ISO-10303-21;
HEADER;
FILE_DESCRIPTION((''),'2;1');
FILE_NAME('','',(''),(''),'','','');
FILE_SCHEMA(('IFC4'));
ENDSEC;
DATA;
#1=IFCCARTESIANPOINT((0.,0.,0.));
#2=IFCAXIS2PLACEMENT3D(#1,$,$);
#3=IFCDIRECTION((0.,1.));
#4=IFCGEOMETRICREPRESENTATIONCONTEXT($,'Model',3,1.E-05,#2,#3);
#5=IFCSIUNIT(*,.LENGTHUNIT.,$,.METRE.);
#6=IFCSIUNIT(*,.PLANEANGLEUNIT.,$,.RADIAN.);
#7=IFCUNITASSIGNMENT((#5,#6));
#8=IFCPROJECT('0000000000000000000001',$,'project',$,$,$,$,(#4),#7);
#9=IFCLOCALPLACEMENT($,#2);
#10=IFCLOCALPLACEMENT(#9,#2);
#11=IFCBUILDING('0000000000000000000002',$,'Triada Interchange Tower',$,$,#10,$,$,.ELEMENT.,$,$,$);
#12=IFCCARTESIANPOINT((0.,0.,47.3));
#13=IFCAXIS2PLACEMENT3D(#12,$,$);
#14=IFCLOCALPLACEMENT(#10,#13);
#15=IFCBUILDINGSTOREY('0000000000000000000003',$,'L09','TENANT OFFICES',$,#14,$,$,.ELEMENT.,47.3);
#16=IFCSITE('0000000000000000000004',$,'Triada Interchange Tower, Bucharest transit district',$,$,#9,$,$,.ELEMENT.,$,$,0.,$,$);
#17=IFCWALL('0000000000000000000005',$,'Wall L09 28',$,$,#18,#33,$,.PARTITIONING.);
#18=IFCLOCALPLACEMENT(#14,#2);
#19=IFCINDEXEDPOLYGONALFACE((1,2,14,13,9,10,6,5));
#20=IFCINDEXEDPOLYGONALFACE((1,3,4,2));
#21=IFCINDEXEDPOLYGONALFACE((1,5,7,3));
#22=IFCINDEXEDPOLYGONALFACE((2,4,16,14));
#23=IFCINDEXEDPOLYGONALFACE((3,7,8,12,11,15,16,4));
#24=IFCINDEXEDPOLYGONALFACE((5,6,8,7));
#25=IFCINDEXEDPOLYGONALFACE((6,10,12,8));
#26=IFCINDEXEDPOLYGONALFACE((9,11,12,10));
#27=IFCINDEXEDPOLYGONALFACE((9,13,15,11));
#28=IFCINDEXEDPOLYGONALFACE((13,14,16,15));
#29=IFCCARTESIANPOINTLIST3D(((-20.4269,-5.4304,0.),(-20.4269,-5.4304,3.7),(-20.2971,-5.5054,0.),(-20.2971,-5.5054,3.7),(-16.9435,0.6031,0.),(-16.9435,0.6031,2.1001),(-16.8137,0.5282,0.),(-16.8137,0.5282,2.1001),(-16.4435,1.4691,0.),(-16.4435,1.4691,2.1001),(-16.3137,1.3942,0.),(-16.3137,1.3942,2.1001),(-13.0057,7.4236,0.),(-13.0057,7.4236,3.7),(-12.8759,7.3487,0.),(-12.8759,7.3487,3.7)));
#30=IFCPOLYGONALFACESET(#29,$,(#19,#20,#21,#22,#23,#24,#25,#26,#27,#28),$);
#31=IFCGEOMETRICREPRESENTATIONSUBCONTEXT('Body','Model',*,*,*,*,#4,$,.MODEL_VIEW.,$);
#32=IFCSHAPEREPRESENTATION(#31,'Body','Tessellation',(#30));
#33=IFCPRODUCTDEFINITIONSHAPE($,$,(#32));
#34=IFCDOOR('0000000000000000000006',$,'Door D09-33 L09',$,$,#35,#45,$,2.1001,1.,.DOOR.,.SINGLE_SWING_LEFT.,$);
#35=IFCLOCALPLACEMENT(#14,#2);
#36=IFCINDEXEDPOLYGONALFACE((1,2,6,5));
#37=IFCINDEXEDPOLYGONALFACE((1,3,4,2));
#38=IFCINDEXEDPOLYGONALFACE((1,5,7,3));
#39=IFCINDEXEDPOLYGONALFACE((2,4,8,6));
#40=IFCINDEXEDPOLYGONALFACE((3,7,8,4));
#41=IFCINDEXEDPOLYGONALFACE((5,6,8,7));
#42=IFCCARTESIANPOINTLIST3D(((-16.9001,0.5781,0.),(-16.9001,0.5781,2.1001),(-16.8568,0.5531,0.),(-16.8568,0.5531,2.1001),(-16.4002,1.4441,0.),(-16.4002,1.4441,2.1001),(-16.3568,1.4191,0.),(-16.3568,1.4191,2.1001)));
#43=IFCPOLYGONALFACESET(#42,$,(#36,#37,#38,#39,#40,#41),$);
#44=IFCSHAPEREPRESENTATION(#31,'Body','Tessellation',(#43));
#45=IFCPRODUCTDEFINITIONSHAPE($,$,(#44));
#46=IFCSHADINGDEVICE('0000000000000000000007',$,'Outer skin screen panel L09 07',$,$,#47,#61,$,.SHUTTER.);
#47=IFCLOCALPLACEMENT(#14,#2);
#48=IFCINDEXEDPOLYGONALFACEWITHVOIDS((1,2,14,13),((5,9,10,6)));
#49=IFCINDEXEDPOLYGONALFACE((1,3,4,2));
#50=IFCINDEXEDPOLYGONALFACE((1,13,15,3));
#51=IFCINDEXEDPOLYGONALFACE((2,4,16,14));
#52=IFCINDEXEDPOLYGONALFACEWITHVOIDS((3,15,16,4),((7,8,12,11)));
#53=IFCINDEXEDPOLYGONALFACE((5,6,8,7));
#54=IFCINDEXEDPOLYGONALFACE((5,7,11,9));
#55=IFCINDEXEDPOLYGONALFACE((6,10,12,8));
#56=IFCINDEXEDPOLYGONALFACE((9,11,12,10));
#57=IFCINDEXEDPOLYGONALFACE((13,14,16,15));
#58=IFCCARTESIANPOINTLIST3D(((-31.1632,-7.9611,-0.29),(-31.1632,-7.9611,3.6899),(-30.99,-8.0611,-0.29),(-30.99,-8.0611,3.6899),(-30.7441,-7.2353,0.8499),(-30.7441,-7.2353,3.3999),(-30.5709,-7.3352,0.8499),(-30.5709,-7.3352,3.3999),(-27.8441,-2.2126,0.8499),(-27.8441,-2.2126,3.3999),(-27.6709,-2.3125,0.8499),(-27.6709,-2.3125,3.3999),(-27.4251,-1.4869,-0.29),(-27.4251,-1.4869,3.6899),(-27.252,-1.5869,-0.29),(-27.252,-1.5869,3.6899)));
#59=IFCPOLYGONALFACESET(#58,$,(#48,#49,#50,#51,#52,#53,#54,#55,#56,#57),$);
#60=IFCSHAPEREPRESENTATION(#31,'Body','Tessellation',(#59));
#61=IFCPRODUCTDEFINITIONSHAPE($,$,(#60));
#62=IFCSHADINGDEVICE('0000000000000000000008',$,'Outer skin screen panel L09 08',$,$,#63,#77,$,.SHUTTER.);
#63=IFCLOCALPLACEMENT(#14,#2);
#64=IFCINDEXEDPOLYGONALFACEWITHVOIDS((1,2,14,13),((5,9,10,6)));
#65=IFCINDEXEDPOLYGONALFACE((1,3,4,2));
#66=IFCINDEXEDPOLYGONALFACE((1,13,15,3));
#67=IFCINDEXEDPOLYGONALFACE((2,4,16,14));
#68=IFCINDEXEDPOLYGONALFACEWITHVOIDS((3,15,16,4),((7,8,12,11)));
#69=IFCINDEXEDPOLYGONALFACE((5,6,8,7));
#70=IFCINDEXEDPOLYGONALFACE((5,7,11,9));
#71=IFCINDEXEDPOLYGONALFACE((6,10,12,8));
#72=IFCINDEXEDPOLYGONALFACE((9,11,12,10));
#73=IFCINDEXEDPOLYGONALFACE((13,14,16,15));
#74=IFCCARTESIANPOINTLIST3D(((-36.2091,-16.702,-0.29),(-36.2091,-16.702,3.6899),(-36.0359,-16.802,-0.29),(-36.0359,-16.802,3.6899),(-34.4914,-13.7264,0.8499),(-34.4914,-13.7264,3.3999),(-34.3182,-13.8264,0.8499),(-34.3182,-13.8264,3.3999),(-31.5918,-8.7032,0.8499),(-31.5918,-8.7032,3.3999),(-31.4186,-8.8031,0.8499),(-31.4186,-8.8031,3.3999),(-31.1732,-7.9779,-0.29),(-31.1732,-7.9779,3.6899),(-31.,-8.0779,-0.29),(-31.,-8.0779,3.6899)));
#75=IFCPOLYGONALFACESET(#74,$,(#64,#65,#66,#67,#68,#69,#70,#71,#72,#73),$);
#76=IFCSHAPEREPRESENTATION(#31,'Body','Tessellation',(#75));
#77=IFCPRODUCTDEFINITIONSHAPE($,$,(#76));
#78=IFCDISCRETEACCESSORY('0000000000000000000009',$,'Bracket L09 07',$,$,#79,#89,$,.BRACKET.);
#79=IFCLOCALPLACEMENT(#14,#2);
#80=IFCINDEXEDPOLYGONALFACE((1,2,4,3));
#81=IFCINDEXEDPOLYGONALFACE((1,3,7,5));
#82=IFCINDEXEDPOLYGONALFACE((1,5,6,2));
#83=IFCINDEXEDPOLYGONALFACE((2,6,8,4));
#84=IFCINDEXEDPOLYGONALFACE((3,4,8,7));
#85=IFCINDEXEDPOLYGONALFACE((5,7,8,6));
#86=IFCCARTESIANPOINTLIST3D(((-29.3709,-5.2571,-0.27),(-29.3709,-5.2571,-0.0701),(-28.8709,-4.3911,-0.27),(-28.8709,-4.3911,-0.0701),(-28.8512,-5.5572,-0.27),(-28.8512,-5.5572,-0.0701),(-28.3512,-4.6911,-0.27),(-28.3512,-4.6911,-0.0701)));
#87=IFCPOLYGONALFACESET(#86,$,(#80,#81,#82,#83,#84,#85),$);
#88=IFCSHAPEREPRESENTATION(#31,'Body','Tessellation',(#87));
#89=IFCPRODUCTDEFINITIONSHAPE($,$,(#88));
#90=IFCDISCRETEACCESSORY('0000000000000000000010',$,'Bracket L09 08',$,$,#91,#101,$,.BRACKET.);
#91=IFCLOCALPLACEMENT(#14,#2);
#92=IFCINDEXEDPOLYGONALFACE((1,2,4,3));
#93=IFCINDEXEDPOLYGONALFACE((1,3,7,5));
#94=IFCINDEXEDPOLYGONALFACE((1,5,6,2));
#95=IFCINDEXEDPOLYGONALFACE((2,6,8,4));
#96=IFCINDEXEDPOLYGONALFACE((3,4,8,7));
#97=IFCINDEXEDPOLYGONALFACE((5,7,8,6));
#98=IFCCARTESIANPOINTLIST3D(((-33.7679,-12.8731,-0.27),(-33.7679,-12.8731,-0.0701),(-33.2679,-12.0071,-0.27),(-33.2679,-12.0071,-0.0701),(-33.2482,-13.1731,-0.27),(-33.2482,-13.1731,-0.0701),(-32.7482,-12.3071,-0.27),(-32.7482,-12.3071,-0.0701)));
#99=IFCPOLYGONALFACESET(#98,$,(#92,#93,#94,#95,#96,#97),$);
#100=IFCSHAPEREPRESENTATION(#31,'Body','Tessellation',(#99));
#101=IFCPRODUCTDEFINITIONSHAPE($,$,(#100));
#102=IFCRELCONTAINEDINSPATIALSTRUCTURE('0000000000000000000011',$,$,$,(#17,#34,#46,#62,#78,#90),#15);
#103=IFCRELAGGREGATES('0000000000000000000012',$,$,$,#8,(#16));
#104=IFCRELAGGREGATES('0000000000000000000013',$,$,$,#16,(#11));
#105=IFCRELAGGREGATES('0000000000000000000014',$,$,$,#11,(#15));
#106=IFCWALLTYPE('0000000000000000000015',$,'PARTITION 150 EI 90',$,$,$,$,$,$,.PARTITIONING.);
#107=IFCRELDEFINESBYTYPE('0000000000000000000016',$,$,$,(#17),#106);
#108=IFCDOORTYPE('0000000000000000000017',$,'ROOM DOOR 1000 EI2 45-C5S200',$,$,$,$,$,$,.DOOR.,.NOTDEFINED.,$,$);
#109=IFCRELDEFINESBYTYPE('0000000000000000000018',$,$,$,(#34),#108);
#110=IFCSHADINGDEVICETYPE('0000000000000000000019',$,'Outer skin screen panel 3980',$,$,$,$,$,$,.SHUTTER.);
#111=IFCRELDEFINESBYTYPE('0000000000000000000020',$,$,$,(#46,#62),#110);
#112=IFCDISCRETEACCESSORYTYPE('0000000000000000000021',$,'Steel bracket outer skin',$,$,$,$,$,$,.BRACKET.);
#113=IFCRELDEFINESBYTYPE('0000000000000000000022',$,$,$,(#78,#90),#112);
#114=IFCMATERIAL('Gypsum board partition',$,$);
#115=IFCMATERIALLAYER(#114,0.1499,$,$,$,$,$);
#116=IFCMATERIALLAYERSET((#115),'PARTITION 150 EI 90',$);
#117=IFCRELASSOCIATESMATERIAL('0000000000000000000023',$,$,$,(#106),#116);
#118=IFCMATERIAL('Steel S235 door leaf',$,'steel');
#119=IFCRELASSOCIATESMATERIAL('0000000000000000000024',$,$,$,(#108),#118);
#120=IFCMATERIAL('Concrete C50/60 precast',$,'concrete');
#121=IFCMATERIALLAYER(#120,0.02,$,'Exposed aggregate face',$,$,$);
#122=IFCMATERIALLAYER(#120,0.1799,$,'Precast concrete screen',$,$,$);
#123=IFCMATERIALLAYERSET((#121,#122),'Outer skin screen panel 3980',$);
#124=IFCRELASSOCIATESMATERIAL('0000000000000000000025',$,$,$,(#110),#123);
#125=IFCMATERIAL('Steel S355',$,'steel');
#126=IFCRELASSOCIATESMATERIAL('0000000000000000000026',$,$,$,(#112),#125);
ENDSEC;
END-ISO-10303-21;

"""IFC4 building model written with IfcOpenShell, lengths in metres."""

from ifc_helpers import new_model, si_unit, direction, frame, frame_2d, origin, origin_2d, place, context, subcontext, project, spatial, polyline, rectangle, outline, extrude, material, layer, layer_set, type_object, element, fill, save


model = new_model("IFC4")

# Units and contexts
model_context = context("Model", 3, precision=1e-05, world=origin(), true_north=direction((0.0, 1.0)))
body_context = subcontext(model_context, "Body", "Model", "MODEL_VIEW")
ifc_project = project(units=[si_unit("LENGTHUNIT", "METRE"), si_unit("PLANEANGLEUNIT", "RADIAN")], contexts=[model_context])

# Site, building, storey
site_placement = place(None, origin())
site = spatial("IfcSite", under=ifc_project, at=site_placement, Name="Triada Interchange Tower, Bucharest transit district", CompositionType="ELEMENT", RefElevation=0.0)
building_placement = place(site_placement, origin())
building = spatial("IfcBuilding", under=site, at=building_placement, Name="Triada Interchange Tower", CompositionType="ELEMENT")
storey_placement = place(building_placement, frame((0.0, 0.0, 47.3)))
storey = spatial("IfcBuildingStorey", under=building, at=storey_placement, Name="L09", Description="TENANT OFFICES", CompositionType="ELEMENT", Elevation=47.3)

# Shared definitions
ifc_material_1 = material(Name="Gypsum board partition")

# Shared definitions
ifc_material_2 = material(Name="Steel S235 door leaf", Category="steel")

# Wall, opening, door
ifc_layer_1 = layer(ifc_material_1, 0.1499)
ifc_layer_set_1 = layer_set([ifc_layer_1], Name="PARTITION 150 EI 90")
wall_type_1 = type_object("IfcWallType", Name="PARTITION 150 EI 90", PredefinedType="PARTITIONING", material=ifc_layer_set_1)
wall_1_placement = place(storey_placement, frame((-20.3621, -5.468, 0.0), z_axis=(0.0, 0.0, 1.0), x_axis=(0.499994, 0.866029, 0.0)))
wall_1 = element("IfcWall", 1, at=wall_1_placement, inside=storey, type_object=wall_type_1, Name="Wall L09 28", PredefinedType="PARTITIONING", context=body_context, shape_type="SweptSolid", body=[
    extrude(rectangle(XDim=14.8425, YDim=0.1499, at=frame_2d((7.4214, 0.0))), origin(), (0.0, 0.0, 1.0), 3.7),
])
opening_1_placement = place(wall_1_placement, frame((6.967, 0.0, 0.0)))
opening_1 = element("IfcOpeningElement", 2, at=opening_1_placement, cuts=wall_1, PredefinedType="OPENING", context=body_context, shape_type="SweptSolid", body=[
    extrude(rectangle(XDim=1.0, YDim=2.1001, at=frame_2d((0.5, 1.05))), frame((0.0, 0.085, 0.0), z_axis=(0.0, -1.0, 0.0), x_axis=(1.0, 0.0, 0.0)), (0.0, 0.0, 1.0), 0.1699),
])
door_type_1 = type_object("IfcDoorType", Name="ROOM DOOR 1000 EI2 45-C5S200", OperationType="NOTDEFINED", PredefinedType="DOOR", material=ifc_material_2)
door_1_placement = place(opening_1_placement, origin())
door_1 = element("IfcDoor", 3, at=door_1_placement, inside=storey, type_object=door_type_1, Name="Door D09-33 L09", OperationType="SINGLE_SWING_LEFT", OverallHeight=2.1001, OverallWidth=1.0, PredefinedType="DOOR", context=body_context, shape_type="SweptSolid", body=[
    extrude(rectangle(XDim=1.0, YDim=2.1001, at=frame_2d((0.5, 1.05))), frame((0.0, 0.0249, 0.0), z_axis=(0.0, -1.0, 0.0), x_axis=(1.0, 0.0, 0.0)), (0.0, 0.0, 1.0), 0.05),
])
fill(opening_1, door_1)

# Shading devices
ifc_material_3 = material(Name="Concrete C50/60 precast", Category="concrete")
ifc_layer_2 = layer(ifc_material_3, 0.02, Name="Exposed aggregate face")
ifc_layer_3 = layer(ifc_material_3, 0.1799, Name="Precast concrete screen")
ifc_layer_set_2 = layer_set([ifc_layer_2, ifc_layer_3], Name="Outer skin screen panel 3980")
shading_device_type = type_object("IfcShadingDeviceType", Name="Outer skin screen panel 3980", PredefinedType="SHUTTER", material=ifc_layer_set_2)
shading_device_1_placement = place(storey_placement, frame((-27.252, -1.5869, -0.29), z_axis=(0.0, 0.0, 1.0), x_axis=(-0.50002, -0.866014, 0.0)))
element("IfcShadingDevice", 4, at=shading_device_1_placement, inside=storey, type_object=shading_device_type, Name="Outer skin screen panel L09 07", PredefinedType="SHUTTER", context=body_context, shape_type="SweptSolid", body=[
    extrude(outline(polyline([(0.0, 0.0), (7.4758, 0.0), (7.4758, 3.98), (0.0, 3.98), (0.0, 0.0)]), holes=[polyline([(0.8379, 1.1399), (0.8379, 3.6899), (6.6377, 3.6899), (6.6377, 1.1399), (0.8379, 1.1399)])]), frame((0.0, 0.0, 0.0), z_axis=(0.0, -1.0, 0.0), x_axis=(1.0, 0.0, 0.0)), (0.0, 0.0, 1.0), 0.2),
])
shading_device_2_placement = place(storey_placement, frame((-31.0, -8.0779, -0.29), z_axis=(0.0, 0.0, 1.0), x_axis=(-0.499927, -0.866068, 0.0)))
element("IfcShadingDevice", 5, at=shading_device_2_placement, inside=storey, type_object=shading_device_type, Name="Outer skin screen panel L09 08", PredefinedType="SHUTTER", context=body_context, shape_type="SweptSolid", body=[
    extrude(outline(polyline([(0.0, 0.0), (10.0732, 0.0), (10.0732, 3.98), (0.0, 3.98), (0.0, 0.0)]), holes=[polyline([(0.8374, 1.1399), (0.8374, 3.6899), (6.6375, 3.6899), (6.6375, 1.1399), (0.8374, 1.1399)])]), frame((0.0, 0.0, 0.0), z_axis=(0.0, -1.0, 0.0), x_axis=(1.0, 0.0, 0.0)), (0.0, 0.0, 1.0), 0.2),
])

# Discrete accessories
ifc_material_4 = material(Name="Steel S355", Category="steel")
discrete_accessory_type = type_object("IfcDiscreteAccessoryType", Name="Steel bracket outer skin", PredefinedType="BRACKET", material=ifc_material_4)
for number, where, z_axis, x_axis, name in (
    (6, (-28.8611, -4.9741, -0.27), (0.0, 0.0, 1.0), (-0.866026, 0.499999, 0.0), "Bracket L09 07"),
    (7, (-33.2581, -12.5901, -0.27), (0.0, 0.0, 1.0), (-0.866026, 0.499999, 0.0), "Bracket L09 08"),
):
    element("IfcDiscreteAccessory", number, at=place(storey_placement, frame(where, z_axis=z_axis, x_axis=x_axis)), inside=storey, type_object=discrete_accessory_type, Name=name, PredefinedType="BRACKET", context=body_context, shape_type="SweptSolid", body=[
        extrude(rectangle(XDim=0.6001, YDim=1.0, at=origin_2d()), origin(), (0.0, 0.0, 1.0), 0.2),
    ])

save(model, "model.ifc")
